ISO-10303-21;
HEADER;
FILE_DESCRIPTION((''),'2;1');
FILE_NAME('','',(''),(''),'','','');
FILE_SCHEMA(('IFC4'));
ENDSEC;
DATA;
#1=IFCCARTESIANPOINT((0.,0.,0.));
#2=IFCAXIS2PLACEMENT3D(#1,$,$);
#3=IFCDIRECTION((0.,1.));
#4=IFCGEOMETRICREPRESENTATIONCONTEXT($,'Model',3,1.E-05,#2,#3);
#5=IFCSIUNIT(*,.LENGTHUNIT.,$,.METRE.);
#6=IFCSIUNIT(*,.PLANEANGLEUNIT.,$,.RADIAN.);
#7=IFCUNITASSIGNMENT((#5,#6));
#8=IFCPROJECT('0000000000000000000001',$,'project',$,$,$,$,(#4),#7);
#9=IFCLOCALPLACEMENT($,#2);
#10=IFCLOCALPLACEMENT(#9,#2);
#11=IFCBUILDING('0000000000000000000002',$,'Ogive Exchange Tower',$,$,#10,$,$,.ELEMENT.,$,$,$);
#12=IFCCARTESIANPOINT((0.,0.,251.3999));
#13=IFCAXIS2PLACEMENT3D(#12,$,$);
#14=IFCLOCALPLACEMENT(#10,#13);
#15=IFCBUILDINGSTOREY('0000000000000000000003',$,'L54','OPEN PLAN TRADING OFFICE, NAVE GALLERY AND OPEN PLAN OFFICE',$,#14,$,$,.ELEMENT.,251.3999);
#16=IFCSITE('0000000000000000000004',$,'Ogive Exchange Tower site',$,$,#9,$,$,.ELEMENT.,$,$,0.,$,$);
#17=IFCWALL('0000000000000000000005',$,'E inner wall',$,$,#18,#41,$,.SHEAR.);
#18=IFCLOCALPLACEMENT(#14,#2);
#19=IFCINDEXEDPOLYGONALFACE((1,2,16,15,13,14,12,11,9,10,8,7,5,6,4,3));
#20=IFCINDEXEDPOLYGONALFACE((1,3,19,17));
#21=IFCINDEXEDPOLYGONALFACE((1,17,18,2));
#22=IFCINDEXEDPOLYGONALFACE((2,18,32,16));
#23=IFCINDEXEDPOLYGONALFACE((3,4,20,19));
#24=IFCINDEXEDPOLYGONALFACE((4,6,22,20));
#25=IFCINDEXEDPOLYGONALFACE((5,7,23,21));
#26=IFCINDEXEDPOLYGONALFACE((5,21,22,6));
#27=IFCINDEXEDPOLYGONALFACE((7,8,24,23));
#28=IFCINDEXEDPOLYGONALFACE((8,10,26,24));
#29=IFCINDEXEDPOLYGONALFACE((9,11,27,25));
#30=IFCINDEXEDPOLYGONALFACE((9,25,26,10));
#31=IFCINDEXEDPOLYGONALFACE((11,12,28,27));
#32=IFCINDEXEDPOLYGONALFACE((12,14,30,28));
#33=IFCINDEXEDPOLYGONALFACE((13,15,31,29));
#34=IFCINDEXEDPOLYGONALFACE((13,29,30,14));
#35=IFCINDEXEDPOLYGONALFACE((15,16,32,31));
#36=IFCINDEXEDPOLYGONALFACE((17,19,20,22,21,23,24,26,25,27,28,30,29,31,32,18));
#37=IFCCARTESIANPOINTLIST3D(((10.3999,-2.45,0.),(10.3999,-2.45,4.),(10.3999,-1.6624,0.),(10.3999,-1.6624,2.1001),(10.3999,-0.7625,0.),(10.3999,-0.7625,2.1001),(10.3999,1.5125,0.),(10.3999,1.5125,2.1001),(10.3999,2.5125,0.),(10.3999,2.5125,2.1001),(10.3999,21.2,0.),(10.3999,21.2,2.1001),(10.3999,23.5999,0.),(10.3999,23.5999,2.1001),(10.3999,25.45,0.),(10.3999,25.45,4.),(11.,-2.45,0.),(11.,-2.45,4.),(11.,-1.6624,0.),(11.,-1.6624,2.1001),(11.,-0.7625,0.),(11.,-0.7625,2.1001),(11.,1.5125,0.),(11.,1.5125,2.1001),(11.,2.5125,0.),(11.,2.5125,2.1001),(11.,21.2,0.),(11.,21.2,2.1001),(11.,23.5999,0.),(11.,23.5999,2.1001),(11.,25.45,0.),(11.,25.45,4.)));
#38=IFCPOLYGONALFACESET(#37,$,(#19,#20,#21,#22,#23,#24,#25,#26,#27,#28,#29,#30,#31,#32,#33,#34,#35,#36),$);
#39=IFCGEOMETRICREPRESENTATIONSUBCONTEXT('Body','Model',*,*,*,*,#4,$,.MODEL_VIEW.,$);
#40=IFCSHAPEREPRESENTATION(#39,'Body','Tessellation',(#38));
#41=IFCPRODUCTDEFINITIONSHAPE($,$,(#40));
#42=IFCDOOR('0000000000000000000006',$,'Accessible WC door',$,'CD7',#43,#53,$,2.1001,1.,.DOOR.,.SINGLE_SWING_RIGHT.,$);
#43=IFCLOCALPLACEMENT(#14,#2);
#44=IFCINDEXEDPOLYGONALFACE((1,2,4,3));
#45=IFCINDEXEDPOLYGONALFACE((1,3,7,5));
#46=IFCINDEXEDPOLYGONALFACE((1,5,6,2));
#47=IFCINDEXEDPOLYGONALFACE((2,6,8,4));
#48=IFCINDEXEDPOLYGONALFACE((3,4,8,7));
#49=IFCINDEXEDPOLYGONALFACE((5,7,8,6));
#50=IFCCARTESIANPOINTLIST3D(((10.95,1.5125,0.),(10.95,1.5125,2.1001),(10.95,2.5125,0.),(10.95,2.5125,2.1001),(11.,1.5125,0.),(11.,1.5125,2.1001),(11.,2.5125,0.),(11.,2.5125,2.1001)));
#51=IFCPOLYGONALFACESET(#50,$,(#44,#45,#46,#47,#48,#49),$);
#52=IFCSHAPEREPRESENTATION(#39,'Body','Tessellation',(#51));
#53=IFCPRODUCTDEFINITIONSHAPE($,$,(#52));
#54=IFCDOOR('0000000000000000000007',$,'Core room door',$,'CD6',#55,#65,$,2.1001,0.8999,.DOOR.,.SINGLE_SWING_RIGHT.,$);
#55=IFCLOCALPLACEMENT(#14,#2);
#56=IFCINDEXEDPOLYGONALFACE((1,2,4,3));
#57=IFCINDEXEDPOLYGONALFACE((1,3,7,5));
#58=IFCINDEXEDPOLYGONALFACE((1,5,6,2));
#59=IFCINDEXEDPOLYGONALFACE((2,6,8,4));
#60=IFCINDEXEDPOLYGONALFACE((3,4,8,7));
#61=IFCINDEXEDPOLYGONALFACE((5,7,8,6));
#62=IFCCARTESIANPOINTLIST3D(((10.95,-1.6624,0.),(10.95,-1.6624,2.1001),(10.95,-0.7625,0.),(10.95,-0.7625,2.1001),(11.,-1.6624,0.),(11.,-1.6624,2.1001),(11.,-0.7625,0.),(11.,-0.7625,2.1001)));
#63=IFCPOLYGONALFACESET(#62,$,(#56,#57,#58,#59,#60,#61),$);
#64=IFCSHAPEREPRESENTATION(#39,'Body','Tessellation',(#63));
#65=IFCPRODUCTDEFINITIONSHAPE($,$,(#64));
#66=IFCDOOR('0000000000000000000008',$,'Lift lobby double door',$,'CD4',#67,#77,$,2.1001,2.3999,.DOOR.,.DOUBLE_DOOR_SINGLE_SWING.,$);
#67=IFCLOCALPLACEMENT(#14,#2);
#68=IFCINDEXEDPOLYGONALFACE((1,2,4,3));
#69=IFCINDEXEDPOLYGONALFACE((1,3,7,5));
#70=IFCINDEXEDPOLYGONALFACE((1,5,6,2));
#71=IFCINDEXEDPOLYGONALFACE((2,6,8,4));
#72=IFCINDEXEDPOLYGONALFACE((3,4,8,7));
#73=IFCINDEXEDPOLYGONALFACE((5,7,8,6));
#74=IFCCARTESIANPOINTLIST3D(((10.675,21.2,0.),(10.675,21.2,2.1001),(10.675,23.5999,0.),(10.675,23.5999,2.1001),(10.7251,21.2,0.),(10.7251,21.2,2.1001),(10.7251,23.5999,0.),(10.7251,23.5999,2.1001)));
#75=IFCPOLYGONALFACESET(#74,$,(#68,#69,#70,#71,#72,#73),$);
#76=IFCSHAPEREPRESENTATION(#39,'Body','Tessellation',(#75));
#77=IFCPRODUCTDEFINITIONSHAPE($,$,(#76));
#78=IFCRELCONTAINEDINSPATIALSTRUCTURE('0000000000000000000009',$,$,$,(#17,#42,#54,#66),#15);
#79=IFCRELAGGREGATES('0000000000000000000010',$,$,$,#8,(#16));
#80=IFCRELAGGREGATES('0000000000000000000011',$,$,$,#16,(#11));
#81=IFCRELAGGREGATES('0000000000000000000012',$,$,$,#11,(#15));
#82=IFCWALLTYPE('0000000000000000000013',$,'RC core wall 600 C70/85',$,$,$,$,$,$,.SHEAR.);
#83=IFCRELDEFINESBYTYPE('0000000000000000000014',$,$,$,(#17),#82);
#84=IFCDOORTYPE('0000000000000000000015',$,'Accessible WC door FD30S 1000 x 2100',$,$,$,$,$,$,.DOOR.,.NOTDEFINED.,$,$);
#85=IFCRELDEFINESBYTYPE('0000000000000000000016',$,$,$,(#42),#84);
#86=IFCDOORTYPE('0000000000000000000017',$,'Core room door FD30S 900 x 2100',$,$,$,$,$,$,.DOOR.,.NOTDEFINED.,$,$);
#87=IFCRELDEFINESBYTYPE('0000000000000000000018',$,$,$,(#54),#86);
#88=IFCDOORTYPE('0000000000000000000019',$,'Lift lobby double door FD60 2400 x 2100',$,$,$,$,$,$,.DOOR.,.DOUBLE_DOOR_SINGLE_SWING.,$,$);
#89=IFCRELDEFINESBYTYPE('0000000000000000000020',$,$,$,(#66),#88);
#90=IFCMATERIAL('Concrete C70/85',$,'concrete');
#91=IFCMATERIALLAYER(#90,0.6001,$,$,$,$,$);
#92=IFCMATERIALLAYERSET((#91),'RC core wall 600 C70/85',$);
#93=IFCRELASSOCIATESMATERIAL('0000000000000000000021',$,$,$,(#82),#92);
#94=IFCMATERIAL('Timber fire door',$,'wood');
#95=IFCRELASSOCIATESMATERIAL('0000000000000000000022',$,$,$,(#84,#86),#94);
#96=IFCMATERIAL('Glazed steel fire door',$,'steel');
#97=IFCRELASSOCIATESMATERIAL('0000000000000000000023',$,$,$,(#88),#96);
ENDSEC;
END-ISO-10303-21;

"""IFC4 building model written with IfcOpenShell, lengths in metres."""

from ifc_helpers import new_model, si_unit, direction, frame, frame_2d, origin, place, context, subcontext, project, spatial, rectangle, extrude, material, layer, layer_set, type_object, element, fill, save


model = new_model("IFC4")

# Units and contexts
model_context = context("Model", 3, precision=1e-05, world=origin(), true_north=direction((0.0, 1.0)))
body_context = subcontext(model_context, "Body", "Model", "MODEL_VIEW")
ifc_project = project(units=[si_unit("LENGTHUNIT", "METRE"), si_unit("PLANEANGLEUNIT", "RADIAN")], contexts=[model_context])

# Site, building, storey
site_placement = place(None, origin())
site = spatial("IfcSite", under=ifc_project, at=site_placement, Name="Ogive Exchange Tower site", CompositionType="ELEMENT", RefElevation=0.0)
building_placement = place(site_placement, origin())
building = spatial("IfcBuilding", under=site, at=building_placement, Name="Ogive Exchange Tower", CompositionType="ELEMENT")
storey_placement = place(building_placement, frame((0.0, 0.0, 251.3999)))
storey = spatial("IfcBuildingStorey", under=building, at=storey_placement, Name="L54", Description="OPEN PLAN TRADING OFFICE, NAVE GALLERY AND OPEN PLAN OFFICE", CompositionType="ELEMENT", Elevation=251.3999)

# Shared definitions
ifc_material_1 = material(Name="Concrete C70/85", Category="concrete")

# Wall, openings, doors
ifc_layer_1 = layer(ifc_material_1, 0.6001)
ifc_layer_set_1 = layer_set([ifc_layer_1], Name="RC core wall 600 C70/85")
wall_type_1 = type_object("IfcWallType", Name="RC core wall 600 C70/85", PredefinedType="SHEAR", material=ifc_layer_set_1)
wall_1_placement = place(storey_placement, frame((10.7, -2.45, 0.0), z_axis=(0.0, 0.0, 1.0), x_axis=(0.0, 1.0, 0.0)))
wall_1 = element("IfcWall", 1, at=wall_1_placement, inside=storey, type_object=wall_type_1, Name="E inner wall", PredefinedType="SHEAR", context=body_context, shape_type="SweptSolid", body=[
    extrude(rectangle(XDim=27.8999, YDim=0.6001, at=frame_2d((13.95, 0.0))), origin(), (0.0, 0.0, 1.0), 4.0),
])
opening_1_placement = place(wall_1_placement, frame((23.6499, 0.0, 0.0)))
opening_1 = element("IfcOpeningElement", 2, at=opening_1_placement, cuts=wall_1, PredefinedType="OPENING", context=body_context, shape_type="SweptSolid", body=[
    extrude(rectangle(XDim=2.3999, YDim=2.1001, at=frame_2d((1.2, 1.05))), frame((0.0, 0.3101, 0.0), z_axis=(0.0, -1.0, 0.0), x_axis=(1.0, 0.0, 0.0)), (0.0, 0.0, 1.0), 0.6201),
])
opening_2_placement = place(wall_1_placement, frame((0.7876, 0.0, 0.0)))
opening_2 = element("IfcOpeningElement", 3, at=opening_2_placement, cuts=wall_1, PredefinedType="OPENING", context=body_context, shape_type="SweptSolid", body=[
    extrude(rectangle(XDim=0.8999, YDim=2.1001, at=frame_2d((0.45, 1.05))), frame((0.0, 0.3101, 0.0), z_axis=(0.0, -1.0, 0.0), x_axis=(1.0, 0.0, 0.0)), (0.0, 0.0, 1.0), 0.6201),
])
opening_3_placement = place(wall_1_placement, frame((3.9624, 0.0, 0.0)))
opening_3 = element("IfcOpeningElement", 4, at=opening_3_placement, cuts=wall_1, PredefinedType="OPENING", context=body_context, shape_type="SweptSolid", body=[
    extrude(rectangle(XDim=1.0, YDim=2.1001, at=frame_2d((0.5, 1.05))), frame((0.0, 0.3101, 0.0), z_axis=(0.0, -1.0, 0.0), x_axis=(1.0, 0.0, 0.0)), (0.0, 0.0, 1.0), 0.6201),
])
ifc_material_2 = material(Name="Timber fire door", Category="wood")
door_type_1 = type_object("IfcDoorType", Name="Accessible WC door FD30S 1000 x 2100", OperationType="NOTDEFINED", PredefinedType="DOOR", material=ifc_material_2)
door_1_placement = place(opening_3_placement, origin())
door_1 = element("IfcDoor", 5, at=door_1_placement, inside=storey, type_object=door_type_1, Name="Accessible WC door", ObjectType="CD7", OperationType="SINGLE_SWING_RIGHT", OverallHeight=2.1001, OverallWidth=1.0, PredefinedType="DOOR", context=body_context, shape_type="SweptSolid", body=[
    extrude(rectangle(XDim=1.0, YDim=2.1001, at=frame_2d((0.5, 1.05))), frame((0.0, -0.25, 0.0), z_axis=(0.0, -1.0, 0.0), x_axis=(1.0, 0.0, 0.0)), (0.0, 0.0, 1.0), 0.05),
])
fill(opening_3, door_1)
door_type_2 = type_object("IfcDoorType", Name="Core room door FD30S 900 x 2100", OperationType="NOTDEFINED", PredefinedType="DOOR", material=ifc_material_2)
door_2_placement = place(opening_2_placement, origin())
door_2 = element("IfcDoor", 6, at=door_2_placement, inside=storey, type_object=door_type_2, Name="Core room door", ObjectType="CD6", OperationType="SINGLE_SWING_RIGHT", OverallHeight=2.1001, OverallWidth=0.8999, PredefinedType="DOOR", context=body_context, shape_type="SweptSolid", body=[
    extrude(rectangle(XDim=0.8999, YDim=2.1001, at=frame_2d((0.45, 1.05))), frame((0.0, -0.25, 0.0), z_axis=(0.0, -1.0, 0.0), x_axis=(1.0, 0.0, 0.0)), (0.0, 0.0, 1.0), 0.05),
])
fill(opening_2, door_2)
ifc_material_3 = material(Name="Glazed steel fire door", Category="steel")
door_type_3 = type_object("IfcDoorType", Name="Lift lobby double door FD60 2400 x 2100", OperationType="DOUBLE_DOOR_SINGLE_SWING", PredefinedType="DOOR", material=ifc_material_3)
door_3_placement = place(opening_1_placement, origin())
door_3 = element("IfcDoor", 7, at=door_3_placement, inside=storey, type_object=door_type_3, Name="Lift lobby double door", ObjectType="CD4", OperationType="DOUBLE_DOOR_SINGLE_SWING", OverallHeight=2.1001, OverallWidth=2.3999, PredefinedType="DOOR", context=body_context, shape_type="SweptSolid", body=[
    extrude(rectangle(XDim=2.3999, YDim=2.1001, at=frame_2d((1.2, 1.05))), frame((0.0, 0.0249, 0.0), z_axis=(0.0, -1.0, 0.0), x_axis=(1.0, 0.0, 0.0)), (0.0, 0.0, 1.0), 0.05),
])
fill(opening_1, door_3)

save(model, "model.ifc")
